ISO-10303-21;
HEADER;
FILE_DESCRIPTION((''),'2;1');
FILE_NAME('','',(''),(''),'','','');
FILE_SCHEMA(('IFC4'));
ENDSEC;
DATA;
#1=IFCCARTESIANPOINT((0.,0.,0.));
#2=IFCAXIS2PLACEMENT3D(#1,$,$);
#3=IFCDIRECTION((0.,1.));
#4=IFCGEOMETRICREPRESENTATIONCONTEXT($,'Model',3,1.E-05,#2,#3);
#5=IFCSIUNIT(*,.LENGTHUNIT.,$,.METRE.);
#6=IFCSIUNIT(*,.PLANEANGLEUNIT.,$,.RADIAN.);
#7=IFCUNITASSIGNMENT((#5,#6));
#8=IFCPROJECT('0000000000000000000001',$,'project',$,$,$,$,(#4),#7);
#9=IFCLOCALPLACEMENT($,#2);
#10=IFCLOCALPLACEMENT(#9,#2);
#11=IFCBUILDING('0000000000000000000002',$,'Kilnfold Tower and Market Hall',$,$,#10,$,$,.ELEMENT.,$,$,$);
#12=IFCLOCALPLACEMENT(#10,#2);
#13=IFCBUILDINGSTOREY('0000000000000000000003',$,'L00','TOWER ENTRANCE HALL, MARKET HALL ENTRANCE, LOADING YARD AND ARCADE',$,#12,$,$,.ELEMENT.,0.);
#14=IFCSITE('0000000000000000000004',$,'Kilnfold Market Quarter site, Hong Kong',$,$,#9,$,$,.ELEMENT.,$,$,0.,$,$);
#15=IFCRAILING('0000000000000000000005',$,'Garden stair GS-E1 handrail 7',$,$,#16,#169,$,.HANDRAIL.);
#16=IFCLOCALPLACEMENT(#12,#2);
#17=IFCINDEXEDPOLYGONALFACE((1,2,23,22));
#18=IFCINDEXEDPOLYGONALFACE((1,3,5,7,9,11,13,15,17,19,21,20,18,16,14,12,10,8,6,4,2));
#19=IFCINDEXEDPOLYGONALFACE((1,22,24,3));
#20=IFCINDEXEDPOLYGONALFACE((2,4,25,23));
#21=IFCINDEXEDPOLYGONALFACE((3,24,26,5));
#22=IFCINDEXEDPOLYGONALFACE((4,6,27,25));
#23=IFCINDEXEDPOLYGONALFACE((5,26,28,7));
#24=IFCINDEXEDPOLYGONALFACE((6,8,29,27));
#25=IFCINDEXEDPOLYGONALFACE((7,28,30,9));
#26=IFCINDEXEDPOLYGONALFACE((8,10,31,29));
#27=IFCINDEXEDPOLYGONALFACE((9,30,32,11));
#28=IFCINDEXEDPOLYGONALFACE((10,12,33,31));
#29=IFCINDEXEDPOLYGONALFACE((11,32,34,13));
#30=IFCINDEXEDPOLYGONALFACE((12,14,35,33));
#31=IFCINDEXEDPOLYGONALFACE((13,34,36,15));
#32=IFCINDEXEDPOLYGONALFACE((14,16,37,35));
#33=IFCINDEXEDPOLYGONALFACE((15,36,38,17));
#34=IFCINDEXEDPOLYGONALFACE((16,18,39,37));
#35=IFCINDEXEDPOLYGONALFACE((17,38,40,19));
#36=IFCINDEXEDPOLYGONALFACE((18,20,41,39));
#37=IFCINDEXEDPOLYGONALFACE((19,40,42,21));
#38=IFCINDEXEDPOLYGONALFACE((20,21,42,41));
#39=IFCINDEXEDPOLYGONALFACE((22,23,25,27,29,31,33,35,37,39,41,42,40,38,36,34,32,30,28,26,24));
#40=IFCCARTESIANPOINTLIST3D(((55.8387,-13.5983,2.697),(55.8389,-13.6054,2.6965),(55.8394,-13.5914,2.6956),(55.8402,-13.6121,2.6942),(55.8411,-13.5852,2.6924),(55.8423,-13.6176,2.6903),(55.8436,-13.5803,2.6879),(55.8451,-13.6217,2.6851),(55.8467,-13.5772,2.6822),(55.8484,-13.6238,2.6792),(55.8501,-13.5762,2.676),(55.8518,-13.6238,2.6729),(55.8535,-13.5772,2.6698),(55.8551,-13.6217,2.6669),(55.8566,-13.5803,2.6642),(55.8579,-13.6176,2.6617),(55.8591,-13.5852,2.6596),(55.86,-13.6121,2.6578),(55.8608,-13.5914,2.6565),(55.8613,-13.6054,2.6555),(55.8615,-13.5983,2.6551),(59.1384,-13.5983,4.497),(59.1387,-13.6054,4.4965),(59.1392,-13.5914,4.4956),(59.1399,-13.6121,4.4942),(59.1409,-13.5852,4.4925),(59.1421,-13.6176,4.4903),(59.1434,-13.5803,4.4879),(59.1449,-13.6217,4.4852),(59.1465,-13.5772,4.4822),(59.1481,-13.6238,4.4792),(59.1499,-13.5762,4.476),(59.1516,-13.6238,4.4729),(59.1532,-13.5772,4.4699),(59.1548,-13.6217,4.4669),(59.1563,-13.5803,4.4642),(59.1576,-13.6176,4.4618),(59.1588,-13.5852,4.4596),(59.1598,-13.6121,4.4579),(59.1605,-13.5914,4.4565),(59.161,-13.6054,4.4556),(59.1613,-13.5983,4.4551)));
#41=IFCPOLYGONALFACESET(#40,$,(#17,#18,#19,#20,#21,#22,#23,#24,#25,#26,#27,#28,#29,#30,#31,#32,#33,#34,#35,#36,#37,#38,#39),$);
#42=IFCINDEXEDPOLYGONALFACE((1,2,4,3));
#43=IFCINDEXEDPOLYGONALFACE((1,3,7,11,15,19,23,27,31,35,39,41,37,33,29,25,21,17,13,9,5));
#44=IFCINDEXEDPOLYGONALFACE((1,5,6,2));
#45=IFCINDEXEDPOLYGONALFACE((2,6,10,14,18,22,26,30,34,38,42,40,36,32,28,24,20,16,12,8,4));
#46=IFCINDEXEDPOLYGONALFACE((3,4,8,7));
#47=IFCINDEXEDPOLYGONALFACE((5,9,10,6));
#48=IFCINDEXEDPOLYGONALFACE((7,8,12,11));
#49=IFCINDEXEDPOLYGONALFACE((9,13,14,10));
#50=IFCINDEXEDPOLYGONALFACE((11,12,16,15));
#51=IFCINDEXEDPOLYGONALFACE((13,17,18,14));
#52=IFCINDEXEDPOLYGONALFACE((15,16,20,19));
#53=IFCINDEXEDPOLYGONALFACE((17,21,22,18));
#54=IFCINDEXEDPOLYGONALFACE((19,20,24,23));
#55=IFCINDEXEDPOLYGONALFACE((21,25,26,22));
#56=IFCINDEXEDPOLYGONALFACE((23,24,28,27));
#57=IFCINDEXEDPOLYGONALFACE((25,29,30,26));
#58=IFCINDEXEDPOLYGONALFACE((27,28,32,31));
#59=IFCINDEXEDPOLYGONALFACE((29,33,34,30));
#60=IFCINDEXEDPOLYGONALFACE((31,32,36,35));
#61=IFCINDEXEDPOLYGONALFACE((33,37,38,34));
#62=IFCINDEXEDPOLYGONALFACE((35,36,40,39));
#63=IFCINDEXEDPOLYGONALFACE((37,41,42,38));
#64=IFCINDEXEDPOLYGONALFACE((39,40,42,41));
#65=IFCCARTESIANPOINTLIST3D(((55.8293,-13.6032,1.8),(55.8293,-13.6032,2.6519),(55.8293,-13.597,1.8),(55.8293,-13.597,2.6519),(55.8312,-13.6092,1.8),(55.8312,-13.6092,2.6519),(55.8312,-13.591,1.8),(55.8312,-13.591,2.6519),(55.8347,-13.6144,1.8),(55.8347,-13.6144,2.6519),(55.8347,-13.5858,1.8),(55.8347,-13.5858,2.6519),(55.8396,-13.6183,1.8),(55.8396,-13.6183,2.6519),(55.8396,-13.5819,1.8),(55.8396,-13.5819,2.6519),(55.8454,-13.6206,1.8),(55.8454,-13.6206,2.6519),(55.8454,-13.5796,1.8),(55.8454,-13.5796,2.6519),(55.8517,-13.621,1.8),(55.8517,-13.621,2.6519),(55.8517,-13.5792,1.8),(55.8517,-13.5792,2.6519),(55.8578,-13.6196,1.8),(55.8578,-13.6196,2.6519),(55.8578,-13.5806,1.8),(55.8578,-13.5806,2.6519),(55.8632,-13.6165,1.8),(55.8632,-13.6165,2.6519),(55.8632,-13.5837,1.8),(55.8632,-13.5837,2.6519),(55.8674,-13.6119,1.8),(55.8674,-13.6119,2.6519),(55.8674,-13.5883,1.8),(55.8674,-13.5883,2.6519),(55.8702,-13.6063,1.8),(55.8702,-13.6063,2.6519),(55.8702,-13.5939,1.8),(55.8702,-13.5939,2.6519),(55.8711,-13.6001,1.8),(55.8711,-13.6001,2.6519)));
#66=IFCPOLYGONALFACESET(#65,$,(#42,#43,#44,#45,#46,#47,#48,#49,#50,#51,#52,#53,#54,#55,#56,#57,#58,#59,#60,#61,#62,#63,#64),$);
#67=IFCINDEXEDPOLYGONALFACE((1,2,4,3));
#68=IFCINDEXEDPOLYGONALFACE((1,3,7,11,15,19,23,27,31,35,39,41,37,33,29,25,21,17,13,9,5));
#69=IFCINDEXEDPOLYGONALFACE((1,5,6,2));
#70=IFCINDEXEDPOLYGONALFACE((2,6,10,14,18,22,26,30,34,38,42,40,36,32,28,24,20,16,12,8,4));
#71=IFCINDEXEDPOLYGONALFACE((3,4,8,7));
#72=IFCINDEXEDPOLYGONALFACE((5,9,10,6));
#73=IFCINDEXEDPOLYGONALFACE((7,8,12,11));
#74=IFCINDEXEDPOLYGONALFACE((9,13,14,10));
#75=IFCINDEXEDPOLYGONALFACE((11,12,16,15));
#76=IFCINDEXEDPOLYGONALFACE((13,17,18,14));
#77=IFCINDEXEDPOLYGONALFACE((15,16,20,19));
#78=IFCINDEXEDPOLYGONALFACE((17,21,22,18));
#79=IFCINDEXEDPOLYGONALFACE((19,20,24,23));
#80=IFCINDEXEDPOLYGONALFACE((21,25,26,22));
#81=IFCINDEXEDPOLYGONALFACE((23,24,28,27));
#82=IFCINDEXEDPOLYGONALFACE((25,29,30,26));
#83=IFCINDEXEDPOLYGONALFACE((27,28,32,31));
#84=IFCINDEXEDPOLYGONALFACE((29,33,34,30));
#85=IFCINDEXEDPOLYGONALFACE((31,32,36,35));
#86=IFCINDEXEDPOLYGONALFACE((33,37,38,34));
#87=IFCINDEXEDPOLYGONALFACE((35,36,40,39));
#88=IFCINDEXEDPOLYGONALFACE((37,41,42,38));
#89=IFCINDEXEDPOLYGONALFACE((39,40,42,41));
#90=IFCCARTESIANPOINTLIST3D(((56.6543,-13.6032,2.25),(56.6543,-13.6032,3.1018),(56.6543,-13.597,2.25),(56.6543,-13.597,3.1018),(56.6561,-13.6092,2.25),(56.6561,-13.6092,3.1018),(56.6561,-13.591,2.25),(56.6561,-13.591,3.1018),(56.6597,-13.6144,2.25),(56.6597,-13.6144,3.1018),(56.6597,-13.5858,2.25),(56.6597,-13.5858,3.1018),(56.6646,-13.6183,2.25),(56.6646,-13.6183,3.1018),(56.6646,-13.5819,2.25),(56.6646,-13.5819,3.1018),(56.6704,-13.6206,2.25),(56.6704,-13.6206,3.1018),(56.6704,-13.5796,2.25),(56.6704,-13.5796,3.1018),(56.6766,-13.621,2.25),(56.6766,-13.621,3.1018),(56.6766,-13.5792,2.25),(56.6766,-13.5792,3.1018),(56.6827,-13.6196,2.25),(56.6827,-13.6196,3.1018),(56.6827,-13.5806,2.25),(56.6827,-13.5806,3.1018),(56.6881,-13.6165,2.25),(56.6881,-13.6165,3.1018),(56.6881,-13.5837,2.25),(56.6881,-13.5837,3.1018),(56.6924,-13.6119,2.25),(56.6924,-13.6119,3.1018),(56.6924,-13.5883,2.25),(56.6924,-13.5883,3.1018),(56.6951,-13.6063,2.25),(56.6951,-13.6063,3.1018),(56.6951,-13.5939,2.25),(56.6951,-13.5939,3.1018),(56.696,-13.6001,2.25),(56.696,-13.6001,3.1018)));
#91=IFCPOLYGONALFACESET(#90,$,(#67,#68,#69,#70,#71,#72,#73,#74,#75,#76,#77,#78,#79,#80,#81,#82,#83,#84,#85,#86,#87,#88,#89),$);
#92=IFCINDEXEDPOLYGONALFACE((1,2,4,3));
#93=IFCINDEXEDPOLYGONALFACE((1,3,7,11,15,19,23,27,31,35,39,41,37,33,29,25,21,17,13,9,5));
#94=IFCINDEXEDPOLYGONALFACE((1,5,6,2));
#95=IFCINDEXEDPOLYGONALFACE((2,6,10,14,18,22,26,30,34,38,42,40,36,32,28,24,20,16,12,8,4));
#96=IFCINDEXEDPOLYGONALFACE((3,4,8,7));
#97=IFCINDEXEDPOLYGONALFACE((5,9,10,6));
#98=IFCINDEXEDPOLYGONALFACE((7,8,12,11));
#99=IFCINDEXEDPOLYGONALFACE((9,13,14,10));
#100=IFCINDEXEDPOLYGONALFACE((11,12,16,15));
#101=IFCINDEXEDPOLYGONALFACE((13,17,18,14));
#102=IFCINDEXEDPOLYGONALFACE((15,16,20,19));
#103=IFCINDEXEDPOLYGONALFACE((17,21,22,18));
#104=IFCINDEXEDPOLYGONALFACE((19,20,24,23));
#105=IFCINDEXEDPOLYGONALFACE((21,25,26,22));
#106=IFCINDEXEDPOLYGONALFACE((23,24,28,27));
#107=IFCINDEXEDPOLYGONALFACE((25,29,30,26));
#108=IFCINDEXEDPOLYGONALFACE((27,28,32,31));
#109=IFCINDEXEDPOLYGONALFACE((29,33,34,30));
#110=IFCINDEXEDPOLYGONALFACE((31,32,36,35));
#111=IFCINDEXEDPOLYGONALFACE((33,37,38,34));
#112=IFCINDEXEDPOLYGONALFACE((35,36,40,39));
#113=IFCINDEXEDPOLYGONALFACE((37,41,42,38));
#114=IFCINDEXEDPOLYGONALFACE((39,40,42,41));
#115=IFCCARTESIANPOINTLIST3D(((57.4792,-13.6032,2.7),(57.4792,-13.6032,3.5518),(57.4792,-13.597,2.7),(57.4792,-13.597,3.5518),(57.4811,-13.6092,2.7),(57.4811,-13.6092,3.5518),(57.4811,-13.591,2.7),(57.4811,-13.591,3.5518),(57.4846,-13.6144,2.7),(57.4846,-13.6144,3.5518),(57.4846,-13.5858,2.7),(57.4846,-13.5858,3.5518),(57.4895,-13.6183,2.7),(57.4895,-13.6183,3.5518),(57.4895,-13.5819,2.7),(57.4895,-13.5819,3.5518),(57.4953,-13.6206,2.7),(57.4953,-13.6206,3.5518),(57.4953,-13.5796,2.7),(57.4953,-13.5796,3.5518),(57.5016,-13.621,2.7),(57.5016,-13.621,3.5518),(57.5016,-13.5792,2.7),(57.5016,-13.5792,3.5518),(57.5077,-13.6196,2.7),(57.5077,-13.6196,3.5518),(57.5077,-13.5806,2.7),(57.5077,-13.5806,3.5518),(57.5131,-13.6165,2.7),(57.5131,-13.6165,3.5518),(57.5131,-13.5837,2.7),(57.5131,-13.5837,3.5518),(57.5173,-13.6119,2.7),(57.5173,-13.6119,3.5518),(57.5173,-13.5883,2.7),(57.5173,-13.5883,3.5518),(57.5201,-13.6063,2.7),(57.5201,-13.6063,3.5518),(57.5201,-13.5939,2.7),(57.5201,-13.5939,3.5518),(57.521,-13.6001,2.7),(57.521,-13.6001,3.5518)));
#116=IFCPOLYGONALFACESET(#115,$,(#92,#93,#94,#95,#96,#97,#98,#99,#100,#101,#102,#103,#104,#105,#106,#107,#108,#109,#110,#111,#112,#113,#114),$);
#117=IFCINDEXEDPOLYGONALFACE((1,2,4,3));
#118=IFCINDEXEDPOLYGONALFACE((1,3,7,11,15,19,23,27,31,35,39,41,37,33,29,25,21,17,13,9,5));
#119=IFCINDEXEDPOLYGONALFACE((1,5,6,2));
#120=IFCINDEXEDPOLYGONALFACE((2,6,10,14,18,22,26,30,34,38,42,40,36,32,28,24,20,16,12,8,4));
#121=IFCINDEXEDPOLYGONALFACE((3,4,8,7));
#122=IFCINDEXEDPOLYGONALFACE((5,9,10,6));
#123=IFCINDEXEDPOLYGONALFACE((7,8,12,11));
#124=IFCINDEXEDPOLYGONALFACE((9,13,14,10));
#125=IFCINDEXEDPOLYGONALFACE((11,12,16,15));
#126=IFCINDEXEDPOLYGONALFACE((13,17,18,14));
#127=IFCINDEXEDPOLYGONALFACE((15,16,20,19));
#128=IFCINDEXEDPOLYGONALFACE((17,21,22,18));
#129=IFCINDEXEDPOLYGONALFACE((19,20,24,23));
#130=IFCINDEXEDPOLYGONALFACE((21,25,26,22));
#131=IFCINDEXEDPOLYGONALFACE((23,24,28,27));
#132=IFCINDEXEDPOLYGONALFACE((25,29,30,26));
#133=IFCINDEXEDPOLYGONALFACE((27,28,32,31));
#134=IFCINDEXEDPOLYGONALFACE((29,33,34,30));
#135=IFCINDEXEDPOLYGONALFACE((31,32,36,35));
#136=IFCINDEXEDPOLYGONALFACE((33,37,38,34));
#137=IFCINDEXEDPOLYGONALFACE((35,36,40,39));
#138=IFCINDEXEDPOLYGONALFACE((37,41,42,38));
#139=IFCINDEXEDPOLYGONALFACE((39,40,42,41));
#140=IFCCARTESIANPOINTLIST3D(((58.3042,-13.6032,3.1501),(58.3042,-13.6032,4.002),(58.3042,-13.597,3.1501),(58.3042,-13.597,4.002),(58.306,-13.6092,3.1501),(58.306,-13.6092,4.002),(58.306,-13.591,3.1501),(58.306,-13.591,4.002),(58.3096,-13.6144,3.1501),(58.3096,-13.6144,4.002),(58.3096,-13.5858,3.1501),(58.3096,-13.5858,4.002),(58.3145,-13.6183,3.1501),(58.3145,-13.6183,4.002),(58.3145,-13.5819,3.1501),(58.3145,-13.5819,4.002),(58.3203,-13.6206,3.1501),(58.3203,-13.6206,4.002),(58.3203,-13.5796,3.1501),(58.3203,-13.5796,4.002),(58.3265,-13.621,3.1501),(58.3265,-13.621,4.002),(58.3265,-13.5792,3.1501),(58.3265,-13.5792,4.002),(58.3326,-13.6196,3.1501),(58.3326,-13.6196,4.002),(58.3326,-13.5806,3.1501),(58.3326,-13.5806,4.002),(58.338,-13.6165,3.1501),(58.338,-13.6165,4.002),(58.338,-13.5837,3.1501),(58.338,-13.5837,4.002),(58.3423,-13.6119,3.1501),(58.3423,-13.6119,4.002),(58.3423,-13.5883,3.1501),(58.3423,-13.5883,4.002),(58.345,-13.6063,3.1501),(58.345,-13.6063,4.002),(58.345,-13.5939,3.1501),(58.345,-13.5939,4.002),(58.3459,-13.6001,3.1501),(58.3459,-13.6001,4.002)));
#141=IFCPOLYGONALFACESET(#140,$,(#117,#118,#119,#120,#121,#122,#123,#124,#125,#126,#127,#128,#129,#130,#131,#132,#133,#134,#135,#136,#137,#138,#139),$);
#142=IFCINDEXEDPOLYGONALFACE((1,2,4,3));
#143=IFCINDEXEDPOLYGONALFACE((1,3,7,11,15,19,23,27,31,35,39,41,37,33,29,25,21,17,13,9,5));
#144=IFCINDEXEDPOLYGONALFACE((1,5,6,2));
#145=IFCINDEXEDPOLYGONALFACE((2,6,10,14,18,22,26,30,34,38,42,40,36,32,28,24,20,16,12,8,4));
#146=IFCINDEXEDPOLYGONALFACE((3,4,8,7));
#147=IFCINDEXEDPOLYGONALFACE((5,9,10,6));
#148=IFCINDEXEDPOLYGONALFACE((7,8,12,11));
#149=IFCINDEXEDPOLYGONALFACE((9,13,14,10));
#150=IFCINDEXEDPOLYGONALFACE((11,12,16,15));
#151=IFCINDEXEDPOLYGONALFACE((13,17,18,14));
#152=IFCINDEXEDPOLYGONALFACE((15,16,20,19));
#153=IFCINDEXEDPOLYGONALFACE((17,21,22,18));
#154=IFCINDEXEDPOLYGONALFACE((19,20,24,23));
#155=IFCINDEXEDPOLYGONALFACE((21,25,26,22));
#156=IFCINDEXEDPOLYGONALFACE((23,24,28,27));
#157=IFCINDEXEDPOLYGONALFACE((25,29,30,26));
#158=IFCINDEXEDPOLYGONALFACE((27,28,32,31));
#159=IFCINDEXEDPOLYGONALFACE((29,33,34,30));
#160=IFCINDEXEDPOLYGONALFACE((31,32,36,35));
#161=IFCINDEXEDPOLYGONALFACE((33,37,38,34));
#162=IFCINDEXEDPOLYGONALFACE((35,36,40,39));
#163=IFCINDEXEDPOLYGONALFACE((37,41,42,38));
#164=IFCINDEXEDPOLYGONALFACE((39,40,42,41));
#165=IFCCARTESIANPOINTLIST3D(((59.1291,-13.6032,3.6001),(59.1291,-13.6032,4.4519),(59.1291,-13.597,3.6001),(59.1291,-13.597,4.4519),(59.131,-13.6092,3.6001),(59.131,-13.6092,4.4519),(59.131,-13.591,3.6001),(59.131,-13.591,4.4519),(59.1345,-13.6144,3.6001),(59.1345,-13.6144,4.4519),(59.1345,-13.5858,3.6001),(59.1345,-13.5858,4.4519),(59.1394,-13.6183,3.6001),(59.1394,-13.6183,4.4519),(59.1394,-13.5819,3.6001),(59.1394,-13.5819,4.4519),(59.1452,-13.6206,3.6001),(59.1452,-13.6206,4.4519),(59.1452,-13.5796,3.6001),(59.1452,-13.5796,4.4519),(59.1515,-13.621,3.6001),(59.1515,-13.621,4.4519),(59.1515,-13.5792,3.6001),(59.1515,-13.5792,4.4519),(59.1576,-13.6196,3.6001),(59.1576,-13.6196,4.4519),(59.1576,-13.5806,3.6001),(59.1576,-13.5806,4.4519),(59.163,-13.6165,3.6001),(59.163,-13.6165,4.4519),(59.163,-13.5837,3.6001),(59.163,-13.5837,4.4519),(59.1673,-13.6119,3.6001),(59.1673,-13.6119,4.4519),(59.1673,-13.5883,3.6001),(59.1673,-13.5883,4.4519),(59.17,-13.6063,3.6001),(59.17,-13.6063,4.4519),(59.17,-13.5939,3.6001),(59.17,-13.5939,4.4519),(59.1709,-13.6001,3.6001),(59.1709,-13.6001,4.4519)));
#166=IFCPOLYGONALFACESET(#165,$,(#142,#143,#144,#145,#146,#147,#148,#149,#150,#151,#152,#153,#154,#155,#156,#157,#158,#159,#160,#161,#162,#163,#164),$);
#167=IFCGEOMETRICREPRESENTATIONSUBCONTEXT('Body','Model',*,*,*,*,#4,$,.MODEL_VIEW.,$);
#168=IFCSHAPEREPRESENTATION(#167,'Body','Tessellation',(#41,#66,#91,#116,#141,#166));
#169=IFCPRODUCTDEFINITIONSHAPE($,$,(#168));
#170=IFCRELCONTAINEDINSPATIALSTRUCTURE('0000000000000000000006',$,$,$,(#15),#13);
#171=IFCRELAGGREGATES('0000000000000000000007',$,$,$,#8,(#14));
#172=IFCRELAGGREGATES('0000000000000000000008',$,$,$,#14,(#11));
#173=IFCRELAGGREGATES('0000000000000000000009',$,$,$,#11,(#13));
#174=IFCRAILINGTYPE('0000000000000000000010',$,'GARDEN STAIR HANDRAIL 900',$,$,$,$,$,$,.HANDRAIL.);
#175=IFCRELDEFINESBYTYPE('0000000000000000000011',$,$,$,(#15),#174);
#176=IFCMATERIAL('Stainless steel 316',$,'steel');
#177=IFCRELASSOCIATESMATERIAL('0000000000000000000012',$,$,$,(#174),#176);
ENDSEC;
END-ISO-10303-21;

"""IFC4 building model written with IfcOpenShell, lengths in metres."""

from ifc_helpers import new_model, si_unit, direction, frame, origin, origin_2d, place, context, subcontext, project, spatial, circle, extrude, material, type_object, element, save


model = new_model("IFC4")

# Units and contexts
model_context = context("Model", 3, precision=1e-05, world=origin(), true_north=direction((0.0, 1.0)))
body_context = subcontext(model_context, "Body", "Model", "MODEL_VIEW")
ifc_project = project(units=[si_unit("LENGTHUNIT", "METRE"), si_unit("PLANEANGLEUNIT", "RADIAN")], contexts=[model_context])

# Site, building, storey
site_placement = place(None, origin())
site = spatial("IfcSite", under=ifc_project, at=site_placement, Name="Kilnfold Market Quarter site, Hong Kong", CompositionType="ELEMENT", RefElevation=0.0)
building_placement = place(site_placement, origin())
building = spatial("IfcBuilding", under=site, at=building_placement, Name="Kilnfold Tower and Market Hall", CompositionType="ELEMENT")
storey_placement = place(building_placement, origin())
storey = spatial("IfcBuildingStorey", under=building, at=storey_placement, Name="L00", Description="TOWER ENTRANCE HALL, MARKET HALL ENTRANCE, LOADING YARD AND ARCADE", CompositionType="ELEMENT", Elevation=0.0)

# Railing
ifc_material_1 = material(Name="Stainless steel 316", Category="steel")
railing_type_1 = type_object("IfcRailingType", Name="GARDEN STAIR HANDRAIL 900", PredefinedType="HANDRAIL", material=ifc_material_1)
railing_1_placement = place(storey_placement, frame((55.8501, -13.6001, 1.8)))
element("IfcRailing", 1, at=railing_1_placement, inside=storey, type_object=railing_type_1, Name="Garden stair GS-E1 handrail 7", PredefinedType="HANDRAIL", context=body_context, shape_type="SweptSolid", body=[
    extrude(circle(Radius=0.0239, at=origin_2d()), frame((0.0, 0.0, 0.876), z_axis=(0.877878, 0.0, 0.478884), x_axis=(0.0, 1.0, 0.0)), (0.0, 0.0, 1.0), 3.7588),
    extrude(circle(Radius=0.021, at=origin_2d()), origin(), (0.0, 0.0, 1.0), 0.8518),
    extrude(circle(Radius=0.021, at=origin_2d()), frame((0.825, 0.0, 0.45)), (0.0, 0.0, 1.0), 0.8518),
    extrude(circle(Radius=0.021, at=origin_2d()), frame((1.6499, 0.0, 0.8999)), (0.0, 0.0, 1.0), 0.8518),
    extrude(circle(Radius=0.021, at=origin_2d()), frame((2.4749, 0.0, 1.3501)), (0.0, 0.0, 1.0), 0.8518),
    extrude(circle(Radius=0.021, at=origin_2d()), frame((3.2998, 0.0, 1.8)), (0.0, 0.0, 1.0), 0.8518),
])

save(model, "model.ifc")
